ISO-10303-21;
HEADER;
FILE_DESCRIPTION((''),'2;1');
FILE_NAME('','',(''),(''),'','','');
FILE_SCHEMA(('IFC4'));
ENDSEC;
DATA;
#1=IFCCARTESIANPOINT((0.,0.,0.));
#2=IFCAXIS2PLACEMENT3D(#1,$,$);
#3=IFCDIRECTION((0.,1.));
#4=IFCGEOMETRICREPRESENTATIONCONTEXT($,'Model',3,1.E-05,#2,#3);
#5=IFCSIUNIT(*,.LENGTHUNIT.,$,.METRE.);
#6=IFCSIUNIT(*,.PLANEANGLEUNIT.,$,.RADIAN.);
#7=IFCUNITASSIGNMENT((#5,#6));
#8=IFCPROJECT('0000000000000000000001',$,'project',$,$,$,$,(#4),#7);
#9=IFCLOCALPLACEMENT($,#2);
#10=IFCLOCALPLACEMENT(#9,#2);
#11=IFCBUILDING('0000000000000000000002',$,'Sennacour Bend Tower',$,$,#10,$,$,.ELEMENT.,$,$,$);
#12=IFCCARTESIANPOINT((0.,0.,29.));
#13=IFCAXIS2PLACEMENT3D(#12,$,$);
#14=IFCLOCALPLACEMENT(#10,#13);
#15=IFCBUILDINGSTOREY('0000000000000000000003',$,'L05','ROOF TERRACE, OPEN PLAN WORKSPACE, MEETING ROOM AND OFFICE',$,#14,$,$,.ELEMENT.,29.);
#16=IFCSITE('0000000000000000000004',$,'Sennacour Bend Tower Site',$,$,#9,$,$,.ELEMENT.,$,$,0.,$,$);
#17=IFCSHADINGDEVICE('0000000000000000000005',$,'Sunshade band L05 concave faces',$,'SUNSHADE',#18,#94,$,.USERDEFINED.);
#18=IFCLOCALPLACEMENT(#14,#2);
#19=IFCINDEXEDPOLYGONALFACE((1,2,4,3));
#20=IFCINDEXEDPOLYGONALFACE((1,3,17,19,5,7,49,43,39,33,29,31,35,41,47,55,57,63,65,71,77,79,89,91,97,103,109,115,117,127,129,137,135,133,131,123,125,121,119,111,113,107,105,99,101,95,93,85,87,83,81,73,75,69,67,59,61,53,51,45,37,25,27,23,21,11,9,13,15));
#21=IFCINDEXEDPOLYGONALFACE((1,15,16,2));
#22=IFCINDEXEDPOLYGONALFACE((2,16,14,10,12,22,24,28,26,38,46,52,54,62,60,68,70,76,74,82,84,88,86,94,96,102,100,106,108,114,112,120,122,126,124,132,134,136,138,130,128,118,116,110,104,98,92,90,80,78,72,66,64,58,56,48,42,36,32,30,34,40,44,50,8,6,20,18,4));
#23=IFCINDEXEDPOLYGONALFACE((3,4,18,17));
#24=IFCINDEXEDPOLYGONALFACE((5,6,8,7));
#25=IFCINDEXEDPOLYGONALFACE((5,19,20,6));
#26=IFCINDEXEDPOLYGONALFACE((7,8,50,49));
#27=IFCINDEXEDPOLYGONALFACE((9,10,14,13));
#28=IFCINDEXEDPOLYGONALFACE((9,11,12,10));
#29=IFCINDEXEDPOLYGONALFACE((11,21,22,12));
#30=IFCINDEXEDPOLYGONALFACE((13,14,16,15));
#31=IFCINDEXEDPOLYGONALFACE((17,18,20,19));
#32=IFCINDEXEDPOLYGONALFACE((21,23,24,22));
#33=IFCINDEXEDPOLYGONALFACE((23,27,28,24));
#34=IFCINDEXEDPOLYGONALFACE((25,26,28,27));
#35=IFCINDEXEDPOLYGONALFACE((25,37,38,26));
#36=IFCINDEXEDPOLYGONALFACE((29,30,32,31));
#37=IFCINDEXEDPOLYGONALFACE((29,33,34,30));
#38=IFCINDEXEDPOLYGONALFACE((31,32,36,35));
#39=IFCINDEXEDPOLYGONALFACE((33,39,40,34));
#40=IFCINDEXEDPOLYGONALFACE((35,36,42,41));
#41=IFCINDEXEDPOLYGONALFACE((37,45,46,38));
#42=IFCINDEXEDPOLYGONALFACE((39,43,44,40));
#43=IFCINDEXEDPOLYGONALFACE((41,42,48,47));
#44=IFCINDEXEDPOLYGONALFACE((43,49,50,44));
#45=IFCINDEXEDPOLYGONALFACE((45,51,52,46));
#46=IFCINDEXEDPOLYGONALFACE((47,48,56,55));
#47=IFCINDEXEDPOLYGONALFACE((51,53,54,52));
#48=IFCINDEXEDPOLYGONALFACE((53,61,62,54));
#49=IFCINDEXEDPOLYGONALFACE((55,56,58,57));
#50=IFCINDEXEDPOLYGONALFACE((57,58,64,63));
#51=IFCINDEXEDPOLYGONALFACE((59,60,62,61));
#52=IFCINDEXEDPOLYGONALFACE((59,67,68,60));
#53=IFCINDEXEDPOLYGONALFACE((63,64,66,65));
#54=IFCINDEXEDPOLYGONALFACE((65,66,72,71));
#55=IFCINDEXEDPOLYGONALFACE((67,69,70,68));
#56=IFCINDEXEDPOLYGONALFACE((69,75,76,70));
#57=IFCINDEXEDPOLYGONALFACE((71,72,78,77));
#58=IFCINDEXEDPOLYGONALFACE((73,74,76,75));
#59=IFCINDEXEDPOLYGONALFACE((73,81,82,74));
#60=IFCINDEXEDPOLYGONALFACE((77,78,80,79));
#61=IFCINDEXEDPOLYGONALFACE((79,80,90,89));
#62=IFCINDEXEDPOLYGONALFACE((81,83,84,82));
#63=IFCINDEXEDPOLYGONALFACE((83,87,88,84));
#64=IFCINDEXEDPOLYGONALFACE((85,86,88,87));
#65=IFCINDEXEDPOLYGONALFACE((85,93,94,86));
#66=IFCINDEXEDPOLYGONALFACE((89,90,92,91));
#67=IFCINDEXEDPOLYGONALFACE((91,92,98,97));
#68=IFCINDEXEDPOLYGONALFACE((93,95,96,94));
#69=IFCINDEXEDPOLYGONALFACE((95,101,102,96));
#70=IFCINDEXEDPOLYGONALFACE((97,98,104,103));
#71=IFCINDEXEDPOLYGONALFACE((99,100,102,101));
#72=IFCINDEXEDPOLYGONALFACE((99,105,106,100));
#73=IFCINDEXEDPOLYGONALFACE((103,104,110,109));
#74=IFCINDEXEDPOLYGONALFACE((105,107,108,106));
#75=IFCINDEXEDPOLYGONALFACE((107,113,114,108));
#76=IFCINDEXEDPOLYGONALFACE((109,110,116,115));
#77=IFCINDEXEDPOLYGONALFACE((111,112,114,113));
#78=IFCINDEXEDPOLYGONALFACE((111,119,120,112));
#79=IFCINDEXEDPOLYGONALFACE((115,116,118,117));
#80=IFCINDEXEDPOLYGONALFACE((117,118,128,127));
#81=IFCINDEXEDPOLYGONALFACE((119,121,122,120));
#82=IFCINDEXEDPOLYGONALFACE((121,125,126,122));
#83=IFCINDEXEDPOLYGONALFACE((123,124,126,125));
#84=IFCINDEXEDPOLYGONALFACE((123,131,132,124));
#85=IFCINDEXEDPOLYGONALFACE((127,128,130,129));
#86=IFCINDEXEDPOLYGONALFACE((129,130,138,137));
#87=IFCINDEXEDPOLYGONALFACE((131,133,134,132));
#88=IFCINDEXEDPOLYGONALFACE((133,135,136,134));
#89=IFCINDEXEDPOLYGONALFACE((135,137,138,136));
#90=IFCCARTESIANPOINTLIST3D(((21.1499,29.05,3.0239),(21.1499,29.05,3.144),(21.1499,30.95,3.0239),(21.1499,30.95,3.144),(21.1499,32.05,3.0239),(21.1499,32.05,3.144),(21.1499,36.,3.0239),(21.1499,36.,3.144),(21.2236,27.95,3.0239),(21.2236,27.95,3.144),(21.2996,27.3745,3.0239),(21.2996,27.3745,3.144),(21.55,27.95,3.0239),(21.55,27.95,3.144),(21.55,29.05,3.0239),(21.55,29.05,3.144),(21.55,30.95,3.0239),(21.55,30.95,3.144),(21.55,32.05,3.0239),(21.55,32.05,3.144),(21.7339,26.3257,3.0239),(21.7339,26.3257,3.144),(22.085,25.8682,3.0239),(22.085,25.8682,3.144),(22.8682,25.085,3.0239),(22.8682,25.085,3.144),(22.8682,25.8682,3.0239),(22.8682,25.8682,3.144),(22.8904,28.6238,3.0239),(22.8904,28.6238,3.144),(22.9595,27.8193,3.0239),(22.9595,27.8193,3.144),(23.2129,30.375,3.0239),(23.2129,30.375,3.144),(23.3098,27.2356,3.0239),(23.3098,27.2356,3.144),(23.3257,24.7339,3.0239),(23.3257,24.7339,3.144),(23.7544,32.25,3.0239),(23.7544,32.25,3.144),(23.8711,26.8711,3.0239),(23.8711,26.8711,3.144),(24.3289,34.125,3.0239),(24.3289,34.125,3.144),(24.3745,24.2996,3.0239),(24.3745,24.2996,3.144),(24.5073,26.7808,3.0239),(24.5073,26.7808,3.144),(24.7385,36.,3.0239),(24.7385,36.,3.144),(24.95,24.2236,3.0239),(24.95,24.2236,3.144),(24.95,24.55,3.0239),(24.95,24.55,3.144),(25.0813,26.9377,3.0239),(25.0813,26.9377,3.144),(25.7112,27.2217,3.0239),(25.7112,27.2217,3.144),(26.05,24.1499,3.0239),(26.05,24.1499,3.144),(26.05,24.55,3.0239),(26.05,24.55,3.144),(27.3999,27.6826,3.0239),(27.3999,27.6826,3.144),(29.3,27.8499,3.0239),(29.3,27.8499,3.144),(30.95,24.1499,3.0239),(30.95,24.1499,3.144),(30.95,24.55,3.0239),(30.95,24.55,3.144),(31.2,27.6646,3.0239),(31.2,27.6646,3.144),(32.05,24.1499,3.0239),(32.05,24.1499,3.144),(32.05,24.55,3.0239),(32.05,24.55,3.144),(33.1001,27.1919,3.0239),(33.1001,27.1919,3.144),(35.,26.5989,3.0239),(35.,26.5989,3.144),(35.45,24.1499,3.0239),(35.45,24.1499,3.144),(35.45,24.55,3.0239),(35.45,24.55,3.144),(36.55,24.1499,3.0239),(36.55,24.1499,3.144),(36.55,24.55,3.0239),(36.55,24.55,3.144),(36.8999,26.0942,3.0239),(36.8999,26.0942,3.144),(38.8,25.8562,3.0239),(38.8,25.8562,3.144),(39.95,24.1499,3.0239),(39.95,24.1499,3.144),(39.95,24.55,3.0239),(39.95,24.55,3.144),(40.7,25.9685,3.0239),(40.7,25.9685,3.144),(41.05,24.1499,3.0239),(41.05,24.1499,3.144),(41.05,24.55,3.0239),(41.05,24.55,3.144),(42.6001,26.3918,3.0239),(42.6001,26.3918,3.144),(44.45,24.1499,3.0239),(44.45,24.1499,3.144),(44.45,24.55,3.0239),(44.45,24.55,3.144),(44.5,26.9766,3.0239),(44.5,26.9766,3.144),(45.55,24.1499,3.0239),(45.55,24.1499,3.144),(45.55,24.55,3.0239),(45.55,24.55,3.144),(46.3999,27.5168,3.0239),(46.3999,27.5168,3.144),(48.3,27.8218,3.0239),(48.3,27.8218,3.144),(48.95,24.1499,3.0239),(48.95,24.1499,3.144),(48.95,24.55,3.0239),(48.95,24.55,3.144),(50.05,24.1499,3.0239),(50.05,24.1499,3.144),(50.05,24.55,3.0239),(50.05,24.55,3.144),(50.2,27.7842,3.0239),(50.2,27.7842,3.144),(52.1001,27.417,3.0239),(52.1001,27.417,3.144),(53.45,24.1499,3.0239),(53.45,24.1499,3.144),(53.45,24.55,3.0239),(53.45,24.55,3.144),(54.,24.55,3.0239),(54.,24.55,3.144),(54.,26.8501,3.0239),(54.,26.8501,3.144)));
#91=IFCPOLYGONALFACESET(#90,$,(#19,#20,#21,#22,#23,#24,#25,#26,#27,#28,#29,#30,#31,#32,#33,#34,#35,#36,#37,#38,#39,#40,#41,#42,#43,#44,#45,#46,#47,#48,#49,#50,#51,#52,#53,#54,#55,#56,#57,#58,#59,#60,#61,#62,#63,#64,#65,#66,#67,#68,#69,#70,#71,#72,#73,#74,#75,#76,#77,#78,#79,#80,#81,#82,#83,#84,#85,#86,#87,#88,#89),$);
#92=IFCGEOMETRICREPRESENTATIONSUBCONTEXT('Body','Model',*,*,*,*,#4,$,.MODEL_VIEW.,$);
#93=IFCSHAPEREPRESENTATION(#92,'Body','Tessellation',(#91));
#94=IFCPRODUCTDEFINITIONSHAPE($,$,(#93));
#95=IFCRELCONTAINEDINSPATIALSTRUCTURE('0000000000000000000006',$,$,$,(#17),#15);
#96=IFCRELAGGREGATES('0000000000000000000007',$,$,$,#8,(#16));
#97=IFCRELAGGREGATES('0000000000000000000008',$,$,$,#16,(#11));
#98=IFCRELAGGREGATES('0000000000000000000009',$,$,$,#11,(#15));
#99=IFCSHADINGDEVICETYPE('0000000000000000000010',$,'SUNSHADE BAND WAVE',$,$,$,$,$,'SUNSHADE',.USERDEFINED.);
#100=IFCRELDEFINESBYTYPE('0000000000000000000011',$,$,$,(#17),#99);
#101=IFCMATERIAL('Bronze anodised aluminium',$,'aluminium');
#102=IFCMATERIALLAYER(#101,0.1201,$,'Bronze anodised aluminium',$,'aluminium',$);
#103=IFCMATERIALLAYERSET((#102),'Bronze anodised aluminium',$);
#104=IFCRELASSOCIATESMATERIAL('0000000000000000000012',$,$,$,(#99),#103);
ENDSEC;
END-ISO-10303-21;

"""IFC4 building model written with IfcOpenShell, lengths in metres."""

from ifc_helpers import new_model, si_unit, direction, frame, origin, place, context, subcontext, project, spatial, polyline, outline, extrude, material, layer, layer_set, type_object, element, save


model = new_model("IFC4")

# Units and contexts
model_context = context("Model", 3, precision=1e-05, world=origin(), true_north=direction((0.0, 1.0)))
body_context = subcontext(model_context, "Body", "Model", "MODEL_VIEW")
ifc_project = project(units=[si_unit("LENGTHUNIT", "METRE"), si_unit("PLANEANGLEUNIT", "RADIAN")], contexts=[model_context])

# Site, building, storey
site_placement = place(None, origin())
site = spatial("IfcSite", under=ifc_project, at=site_placement, Name="Sennacour Bend Tower Site", CompositionType="ELEMENT", RefElevation=0.0)
building_placement = place(site_placement, origin())
building = spatial("IfcBuilding", under=site, at=building_placement, Name="Sennacour Bend Tower", CompositionType="ELEMENT")
storey_placement = place(building_placement, frame((0.0, 0.0, 29.0)))
storey = spatial("IfcBuildingStorey", under=building, at=storey_placement, Name="L05", Description="ROOF TERRACE, OPEN PLAN WORKSPACE, MEETING ROOM AND OFFICE", CompositionType="ELEMENT", Elevation=29.0)

# Shading device
ifc_material_1 = material(Name="Bronze anodised aluminium", Category="aluminium")
ifc_layer_1 = layer(ifc_material_1, 0.1201, Name="Bronze anodised aluminium", Category="aluminium")
ifc_layer_set_1 = layer_set([ifc_layer_1], Name="Bronze anodised aluminium")
shading_device_type_1 = type_object("IfcShadingDeviceType", Name="SUNSHADE BAND WAVE", ElementType="SUNSHADE", PredefinedType="USERDEFINED", material=ifc_layer_set_1)
shading_device_1_placement = place(storey_placement, frame((0.0, 0.0, 3.0239)))
element("IfcShadingDevice", 1, at=shading_device_1_placement, inside=storey, type_object=shading_device_type_1, Name="Sunshade band L05 concave faces", ObjectType="SUNSHADE", PredefinedType="USERDEFINED", context=body_context, shape_type="SweptSolid", body=[
    extrude(outline(polyline([(53.45, 24.1499), (50.05, 24.1499), (50.05, 24.55), (48.95, 24.55), (48.95, 24.1499), (45.55, 24.1499), (45.55, 24.55), (44.45, 24.55), (44.45, 24.1499), (41.05, 24.1499), (41.05, 24.55), (39.95, 24.55), (39.95, 24.1499), (36.55, 24.1499), (36.55, 24.55), (35.45, 24.55), (35.45, 24.1499), (32.05, 24.1499), (32.05, 24.55), (30.95, 24.55), (30.95, 24.1499), (26.05, 24.1499), (26.05, 24.55), (24.95, 24.55), (24.95, 24.2236), (24.3745, 24.2996), (23.3257, 24.7339), (22.8682, 25.085), (22.8682, 25.8682), (22.085, 25.8682), (21.7339, 26.3257), (21.2996, 27.3745), (21.2236, 27.95), (21.55, 27.95), (21.55, 29.05), (21.1499, 29.05), (21.1499, 30.95), (21.55, 30.95), (21.55, 32.05), (21.1499, 32.05), (21.1499, 36.0), (24.7385, 36.0), (24.3289, 34.125), (23.7544, 32.25), (23.2129, 30.375), (22.8904, 28.6238), (22.9595, 27.8193), (23.3098, 27.2356), (23.8711, 26.8711), (24.5073, 26.7808), (25.0813, 26.9377), (25.7112, 27.2217), (27.3999, 27.6826), (29.3, 27.8499), (31.2, 27.6646), (33.1001, 27.1919), (35.0, 26.5989), (36.8999, 26.0942), (38.8, 25.8562), (40.7, 25.9685), (42.6001, 26.3918), (44.5, 26.9766), (46.3999, 27.5168), (48.3, 27.8218), (50.2, 27.7842), (52.1001, 27.417), (54.0, 26.8501), (54.0, 24.55), (53.45, 24.55), (53.45, 24.1499)])), origin(), (0.0, 0.0, 1.0), 0.1201),
])

save(model, "model.ifc")
